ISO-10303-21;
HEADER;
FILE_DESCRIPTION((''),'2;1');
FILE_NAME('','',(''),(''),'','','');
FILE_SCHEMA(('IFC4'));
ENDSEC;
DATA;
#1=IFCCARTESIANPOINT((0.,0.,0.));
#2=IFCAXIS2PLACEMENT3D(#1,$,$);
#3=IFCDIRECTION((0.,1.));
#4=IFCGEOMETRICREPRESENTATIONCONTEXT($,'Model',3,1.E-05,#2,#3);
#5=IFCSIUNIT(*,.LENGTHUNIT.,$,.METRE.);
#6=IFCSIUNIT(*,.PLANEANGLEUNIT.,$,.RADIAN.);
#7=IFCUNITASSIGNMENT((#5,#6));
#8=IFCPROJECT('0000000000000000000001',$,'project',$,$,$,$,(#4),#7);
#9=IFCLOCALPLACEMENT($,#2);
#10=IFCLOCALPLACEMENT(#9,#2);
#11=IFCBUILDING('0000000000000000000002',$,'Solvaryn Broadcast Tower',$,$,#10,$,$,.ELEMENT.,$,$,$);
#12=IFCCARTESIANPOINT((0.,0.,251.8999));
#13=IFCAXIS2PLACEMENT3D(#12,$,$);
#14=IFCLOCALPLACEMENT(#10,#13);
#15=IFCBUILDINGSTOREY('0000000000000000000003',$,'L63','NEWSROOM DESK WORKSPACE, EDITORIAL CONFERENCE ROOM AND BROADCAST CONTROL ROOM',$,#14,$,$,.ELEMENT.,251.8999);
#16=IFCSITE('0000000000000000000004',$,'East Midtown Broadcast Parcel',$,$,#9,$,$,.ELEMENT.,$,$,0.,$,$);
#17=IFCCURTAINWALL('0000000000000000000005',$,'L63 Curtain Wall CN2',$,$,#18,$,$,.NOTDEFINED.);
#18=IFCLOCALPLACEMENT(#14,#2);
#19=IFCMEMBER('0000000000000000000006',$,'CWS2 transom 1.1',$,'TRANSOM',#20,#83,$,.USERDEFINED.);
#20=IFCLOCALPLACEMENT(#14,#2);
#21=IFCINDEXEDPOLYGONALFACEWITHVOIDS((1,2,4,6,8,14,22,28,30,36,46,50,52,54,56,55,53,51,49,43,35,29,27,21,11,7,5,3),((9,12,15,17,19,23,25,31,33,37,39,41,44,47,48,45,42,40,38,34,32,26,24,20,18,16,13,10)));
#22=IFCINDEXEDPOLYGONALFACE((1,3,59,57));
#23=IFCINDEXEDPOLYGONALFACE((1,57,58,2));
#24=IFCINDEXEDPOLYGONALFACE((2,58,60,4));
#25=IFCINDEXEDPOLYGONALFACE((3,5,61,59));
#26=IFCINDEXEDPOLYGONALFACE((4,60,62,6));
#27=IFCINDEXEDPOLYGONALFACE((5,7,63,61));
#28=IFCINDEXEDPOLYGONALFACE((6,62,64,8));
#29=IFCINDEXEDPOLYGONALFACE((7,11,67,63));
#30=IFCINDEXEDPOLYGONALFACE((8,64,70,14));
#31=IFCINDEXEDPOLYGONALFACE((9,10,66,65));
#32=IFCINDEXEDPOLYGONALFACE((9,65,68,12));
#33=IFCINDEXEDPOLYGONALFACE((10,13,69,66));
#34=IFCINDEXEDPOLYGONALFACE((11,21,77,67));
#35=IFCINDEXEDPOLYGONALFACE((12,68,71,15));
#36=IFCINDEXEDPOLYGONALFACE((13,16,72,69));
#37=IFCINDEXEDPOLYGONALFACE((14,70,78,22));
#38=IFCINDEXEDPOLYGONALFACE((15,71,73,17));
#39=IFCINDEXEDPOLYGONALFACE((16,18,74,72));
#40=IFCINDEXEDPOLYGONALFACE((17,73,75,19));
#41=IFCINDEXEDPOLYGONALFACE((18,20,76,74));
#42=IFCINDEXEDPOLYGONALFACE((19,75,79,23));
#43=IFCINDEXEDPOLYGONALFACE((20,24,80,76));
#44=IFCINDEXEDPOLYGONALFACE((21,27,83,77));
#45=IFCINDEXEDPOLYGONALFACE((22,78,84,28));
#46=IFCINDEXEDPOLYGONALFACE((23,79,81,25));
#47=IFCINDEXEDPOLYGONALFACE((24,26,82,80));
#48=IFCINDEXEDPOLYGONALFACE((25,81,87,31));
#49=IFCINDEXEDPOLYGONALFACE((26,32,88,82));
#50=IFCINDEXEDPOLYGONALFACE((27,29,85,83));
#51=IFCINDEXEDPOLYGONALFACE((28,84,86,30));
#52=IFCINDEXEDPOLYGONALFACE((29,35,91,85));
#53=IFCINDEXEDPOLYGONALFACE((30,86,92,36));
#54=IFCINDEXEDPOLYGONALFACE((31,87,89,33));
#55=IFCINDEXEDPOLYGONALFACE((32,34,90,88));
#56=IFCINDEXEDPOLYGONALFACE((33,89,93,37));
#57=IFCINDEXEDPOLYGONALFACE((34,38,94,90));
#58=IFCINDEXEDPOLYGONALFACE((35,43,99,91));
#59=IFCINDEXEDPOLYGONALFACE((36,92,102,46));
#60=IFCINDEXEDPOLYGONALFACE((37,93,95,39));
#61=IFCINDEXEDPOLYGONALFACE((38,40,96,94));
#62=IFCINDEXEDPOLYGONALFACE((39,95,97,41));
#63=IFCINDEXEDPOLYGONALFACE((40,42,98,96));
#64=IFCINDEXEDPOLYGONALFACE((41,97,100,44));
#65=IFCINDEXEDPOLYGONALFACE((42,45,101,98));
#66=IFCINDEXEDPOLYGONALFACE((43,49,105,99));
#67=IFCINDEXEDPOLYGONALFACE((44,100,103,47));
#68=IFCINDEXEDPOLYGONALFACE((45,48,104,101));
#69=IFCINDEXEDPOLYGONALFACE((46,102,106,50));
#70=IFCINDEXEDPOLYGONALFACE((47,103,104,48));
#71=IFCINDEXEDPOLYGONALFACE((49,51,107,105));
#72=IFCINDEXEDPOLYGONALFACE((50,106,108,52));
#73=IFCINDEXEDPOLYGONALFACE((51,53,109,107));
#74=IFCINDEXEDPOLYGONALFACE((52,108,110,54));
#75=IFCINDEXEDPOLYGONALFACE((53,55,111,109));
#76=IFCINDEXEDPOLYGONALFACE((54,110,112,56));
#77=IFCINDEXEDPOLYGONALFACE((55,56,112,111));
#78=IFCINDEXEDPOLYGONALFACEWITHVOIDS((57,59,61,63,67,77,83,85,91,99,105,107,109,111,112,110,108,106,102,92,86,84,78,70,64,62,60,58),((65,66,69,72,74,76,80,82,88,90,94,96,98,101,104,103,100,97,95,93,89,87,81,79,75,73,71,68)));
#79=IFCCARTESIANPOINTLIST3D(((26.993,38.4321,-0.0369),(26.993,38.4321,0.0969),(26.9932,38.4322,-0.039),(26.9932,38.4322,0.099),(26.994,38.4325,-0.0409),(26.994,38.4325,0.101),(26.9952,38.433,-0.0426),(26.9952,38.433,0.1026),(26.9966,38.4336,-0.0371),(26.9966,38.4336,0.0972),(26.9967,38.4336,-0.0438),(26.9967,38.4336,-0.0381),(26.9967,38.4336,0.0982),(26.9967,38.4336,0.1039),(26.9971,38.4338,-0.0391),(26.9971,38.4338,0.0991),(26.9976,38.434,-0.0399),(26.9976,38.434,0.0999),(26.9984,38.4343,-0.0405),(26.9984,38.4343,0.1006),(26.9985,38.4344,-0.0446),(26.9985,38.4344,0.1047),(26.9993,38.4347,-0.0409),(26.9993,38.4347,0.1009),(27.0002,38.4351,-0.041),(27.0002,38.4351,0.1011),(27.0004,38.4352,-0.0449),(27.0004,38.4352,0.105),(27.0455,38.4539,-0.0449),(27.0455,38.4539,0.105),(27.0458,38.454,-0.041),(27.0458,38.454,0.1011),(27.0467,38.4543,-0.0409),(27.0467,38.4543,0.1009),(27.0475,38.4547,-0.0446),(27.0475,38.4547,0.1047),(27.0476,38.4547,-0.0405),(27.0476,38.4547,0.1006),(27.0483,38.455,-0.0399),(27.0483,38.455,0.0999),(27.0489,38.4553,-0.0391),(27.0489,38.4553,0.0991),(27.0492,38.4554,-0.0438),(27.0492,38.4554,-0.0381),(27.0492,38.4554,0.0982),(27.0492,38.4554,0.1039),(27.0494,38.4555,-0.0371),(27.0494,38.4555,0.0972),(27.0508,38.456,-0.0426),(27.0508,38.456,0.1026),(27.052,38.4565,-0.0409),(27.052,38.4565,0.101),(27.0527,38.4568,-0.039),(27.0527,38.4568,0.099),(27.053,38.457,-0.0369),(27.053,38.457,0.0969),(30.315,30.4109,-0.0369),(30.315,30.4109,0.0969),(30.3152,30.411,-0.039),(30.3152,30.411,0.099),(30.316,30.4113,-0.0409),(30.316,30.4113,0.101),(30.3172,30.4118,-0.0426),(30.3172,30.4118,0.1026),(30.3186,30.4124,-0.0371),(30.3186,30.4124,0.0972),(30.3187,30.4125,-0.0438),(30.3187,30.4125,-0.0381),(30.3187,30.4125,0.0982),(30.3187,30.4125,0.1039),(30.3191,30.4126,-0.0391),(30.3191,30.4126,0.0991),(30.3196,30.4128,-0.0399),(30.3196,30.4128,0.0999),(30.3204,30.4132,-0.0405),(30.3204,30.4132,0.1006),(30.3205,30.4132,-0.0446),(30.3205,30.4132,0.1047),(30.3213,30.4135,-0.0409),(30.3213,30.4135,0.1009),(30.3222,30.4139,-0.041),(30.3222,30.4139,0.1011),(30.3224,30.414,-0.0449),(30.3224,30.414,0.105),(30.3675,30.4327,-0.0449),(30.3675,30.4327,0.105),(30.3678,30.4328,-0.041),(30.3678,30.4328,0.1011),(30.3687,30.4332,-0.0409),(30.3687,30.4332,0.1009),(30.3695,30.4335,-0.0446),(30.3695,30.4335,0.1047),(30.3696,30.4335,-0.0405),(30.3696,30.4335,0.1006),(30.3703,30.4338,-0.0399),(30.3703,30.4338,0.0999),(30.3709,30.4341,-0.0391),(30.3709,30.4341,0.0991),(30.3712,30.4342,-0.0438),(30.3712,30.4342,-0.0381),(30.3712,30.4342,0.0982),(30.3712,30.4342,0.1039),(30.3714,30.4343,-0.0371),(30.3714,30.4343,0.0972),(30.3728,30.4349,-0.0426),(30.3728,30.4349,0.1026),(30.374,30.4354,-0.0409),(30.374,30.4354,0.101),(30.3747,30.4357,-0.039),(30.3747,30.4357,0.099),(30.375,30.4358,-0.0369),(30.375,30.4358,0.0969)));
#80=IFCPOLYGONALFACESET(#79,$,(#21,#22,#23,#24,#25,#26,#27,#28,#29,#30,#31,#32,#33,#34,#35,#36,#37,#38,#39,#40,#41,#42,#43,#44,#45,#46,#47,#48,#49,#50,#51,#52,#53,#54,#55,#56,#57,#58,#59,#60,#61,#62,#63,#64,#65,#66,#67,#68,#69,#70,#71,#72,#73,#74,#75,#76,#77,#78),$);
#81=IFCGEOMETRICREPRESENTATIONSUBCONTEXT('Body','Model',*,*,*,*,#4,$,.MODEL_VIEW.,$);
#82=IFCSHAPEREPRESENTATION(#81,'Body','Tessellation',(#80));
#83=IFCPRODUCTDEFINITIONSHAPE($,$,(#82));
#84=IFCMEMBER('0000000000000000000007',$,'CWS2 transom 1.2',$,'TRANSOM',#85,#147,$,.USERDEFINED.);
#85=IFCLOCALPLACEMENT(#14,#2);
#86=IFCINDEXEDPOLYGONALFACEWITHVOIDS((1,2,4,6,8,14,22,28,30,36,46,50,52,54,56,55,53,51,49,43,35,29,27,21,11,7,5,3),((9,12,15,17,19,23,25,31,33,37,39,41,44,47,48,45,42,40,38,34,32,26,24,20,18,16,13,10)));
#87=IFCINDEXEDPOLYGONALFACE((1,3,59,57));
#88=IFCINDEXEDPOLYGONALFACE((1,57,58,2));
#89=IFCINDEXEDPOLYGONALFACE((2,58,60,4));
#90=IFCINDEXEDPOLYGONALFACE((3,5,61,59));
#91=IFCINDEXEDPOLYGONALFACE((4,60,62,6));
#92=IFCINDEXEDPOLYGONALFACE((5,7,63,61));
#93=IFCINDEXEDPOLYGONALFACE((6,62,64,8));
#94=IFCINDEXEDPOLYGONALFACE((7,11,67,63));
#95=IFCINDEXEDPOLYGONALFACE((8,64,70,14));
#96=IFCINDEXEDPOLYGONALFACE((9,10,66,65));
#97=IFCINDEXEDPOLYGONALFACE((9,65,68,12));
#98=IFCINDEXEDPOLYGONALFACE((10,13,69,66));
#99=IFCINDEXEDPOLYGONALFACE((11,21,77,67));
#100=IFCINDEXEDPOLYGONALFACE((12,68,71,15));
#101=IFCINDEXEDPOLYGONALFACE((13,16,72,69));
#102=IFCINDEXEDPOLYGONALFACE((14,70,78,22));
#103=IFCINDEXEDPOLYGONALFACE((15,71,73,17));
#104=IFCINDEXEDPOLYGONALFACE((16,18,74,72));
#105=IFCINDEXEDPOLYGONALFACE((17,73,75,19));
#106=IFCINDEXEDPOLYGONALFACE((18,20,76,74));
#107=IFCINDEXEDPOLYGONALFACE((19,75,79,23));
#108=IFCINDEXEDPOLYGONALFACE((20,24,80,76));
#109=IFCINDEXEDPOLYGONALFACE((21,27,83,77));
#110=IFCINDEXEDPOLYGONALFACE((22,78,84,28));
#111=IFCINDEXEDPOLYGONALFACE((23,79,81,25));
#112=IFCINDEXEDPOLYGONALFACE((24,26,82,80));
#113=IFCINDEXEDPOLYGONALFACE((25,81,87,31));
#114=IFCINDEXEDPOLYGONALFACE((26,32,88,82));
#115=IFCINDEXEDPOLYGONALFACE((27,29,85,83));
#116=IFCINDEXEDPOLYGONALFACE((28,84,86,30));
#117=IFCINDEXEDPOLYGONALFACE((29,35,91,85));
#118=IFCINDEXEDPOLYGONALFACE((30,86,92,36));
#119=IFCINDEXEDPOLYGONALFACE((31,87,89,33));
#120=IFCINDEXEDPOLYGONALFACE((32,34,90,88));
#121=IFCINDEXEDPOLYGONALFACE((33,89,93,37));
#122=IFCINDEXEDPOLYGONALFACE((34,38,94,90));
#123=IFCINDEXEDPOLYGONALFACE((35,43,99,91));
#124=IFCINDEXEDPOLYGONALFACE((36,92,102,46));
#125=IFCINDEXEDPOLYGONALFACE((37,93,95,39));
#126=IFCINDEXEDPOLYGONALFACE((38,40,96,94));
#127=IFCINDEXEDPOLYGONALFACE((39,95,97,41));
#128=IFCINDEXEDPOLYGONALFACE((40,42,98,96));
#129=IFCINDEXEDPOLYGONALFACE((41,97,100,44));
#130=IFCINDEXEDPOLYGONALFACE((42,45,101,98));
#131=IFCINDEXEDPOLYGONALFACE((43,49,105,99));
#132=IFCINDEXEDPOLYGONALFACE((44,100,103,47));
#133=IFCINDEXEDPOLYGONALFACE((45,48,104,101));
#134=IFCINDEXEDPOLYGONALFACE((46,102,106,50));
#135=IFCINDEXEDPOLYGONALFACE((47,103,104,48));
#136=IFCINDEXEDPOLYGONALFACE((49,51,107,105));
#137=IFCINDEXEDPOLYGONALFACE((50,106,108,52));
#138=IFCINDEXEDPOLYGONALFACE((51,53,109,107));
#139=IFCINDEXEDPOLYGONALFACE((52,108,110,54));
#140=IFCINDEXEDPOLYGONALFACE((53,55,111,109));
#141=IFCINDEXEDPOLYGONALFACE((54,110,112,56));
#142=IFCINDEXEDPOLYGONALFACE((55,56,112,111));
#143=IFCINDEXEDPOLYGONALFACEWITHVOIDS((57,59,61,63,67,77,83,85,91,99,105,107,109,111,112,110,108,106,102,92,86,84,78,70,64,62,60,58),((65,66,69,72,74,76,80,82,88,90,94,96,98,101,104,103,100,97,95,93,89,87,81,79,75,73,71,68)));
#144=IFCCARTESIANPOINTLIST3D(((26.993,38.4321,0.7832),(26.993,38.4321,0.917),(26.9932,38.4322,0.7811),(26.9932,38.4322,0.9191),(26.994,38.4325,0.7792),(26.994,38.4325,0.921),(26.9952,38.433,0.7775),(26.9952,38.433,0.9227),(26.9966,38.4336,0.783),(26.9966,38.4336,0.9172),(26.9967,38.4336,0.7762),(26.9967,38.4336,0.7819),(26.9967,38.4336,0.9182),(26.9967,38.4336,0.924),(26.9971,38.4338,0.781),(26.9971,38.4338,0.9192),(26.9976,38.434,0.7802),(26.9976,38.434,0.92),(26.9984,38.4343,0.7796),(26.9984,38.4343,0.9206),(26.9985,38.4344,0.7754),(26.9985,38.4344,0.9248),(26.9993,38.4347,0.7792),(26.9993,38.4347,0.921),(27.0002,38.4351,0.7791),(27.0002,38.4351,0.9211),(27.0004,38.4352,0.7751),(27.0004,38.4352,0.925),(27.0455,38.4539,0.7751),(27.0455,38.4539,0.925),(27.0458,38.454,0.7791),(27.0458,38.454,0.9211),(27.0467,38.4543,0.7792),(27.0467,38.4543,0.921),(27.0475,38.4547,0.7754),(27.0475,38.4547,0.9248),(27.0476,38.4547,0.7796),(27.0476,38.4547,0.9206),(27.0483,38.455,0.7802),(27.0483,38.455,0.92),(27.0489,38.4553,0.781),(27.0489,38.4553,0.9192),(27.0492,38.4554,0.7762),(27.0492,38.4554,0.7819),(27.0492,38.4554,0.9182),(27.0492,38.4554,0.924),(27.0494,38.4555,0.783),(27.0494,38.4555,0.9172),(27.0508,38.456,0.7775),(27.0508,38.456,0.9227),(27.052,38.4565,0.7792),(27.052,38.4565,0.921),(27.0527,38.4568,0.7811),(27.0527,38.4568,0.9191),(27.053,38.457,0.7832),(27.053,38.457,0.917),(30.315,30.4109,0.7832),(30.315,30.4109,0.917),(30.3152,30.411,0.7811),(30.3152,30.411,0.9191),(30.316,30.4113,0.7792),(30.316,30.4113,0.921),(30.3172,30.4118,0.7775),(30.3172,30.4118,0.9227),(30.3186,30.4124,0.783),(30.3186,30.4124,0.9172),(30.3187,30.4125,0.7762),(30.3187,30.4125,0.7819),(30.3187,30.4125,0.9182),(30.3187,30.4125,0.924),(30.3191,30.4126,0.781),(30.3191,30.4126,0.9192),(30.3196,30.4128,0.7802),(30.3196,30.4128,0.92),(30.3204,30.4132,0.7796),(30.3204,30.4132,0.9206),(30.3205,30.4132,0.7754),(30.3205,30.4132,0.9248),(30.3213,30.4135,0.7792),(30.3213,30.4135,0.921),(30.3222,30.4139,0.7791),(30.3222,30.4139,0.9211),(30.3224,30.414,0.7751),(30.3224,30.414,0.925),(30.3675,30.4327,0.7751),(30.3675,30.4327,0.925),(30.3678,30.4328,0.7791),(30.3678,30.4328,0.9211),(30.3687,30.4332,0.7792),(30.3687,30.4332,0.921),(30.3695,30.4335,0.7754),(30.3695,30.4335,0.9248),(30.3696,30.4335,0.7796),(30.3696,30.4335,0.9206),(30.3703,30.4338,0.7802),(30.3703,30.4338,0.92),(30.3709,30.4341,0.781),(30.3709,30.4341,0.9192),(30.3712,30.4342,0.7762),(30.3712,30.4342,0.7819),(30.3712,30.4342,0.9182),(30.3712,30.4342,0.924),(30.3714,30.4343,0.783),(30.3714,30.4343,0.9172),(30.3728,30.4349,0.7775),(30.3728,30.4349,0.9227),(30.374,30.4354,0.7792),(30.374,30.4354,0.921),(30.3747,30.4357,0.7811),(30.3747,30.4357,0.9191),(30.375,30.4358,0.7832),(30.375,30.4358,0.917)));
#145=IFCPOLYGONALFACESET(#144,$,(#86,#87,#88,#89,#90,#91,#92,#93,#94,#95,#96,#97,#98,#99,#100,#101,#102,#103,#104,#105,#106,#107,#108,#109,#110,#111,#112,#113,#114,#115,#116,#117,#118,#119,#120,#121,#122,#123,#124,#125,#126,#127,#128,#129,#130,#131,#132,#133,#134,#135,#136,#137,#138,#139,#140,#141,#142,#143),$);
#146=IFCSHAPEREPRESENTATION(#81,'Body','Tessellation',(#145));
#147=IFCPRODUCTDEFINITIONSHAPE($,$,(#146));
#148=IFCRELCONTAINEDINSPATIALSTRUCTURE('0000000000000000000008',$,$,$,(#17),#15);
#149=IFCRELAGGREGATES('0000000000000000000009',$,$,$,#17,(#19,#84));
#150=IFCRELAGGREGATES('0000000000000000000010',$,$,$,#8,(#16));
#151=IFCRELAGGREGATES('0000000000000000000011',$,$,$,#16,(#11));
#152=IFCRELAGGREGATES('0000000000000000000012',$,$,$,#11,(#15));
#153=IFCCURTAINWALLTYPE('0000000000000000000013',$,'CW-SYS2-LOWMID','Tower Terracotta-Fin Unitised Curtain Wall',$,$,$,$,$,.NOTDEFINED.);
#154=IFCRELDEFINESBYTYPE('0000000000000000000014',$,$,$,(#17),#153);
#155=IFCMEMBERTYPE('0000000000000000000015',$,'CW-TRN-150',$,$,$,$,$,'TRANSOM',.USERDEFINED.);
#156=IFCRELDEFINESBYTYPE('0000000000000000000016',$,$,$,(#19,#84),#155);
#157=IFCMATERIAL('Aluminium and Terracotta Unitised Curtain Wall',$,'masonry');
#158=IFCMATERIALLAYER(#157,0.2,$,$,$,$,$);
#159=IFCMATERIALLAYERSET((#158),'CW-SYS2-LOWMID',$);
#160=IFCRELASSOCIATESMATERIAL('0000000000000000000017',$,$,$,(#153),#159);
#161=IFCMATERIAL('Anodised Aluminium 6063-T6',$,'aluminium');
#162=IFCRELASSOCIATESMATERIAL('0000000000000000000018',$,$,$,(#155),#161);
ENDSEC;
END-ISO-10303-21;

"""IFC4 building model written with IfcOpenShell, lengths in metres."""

from ifc_helpers import new_model, si_unit, direction, frame, origin, origin_2d, place, context, subcontext, project, spatial, hollow_rectangle, extrude, material, layer, layer_set, material_profile, profile_set, type_object, element, aggregate, save


model = new_model("IFC4")

# Units and contexts
model_context = context("Model", 3, precision=1e-05, world=origin(), true_north=direction((0.0, 1.0)))
body_context = subcontext(model_context, "Body", "Model", "MODEL_VIEW")
ifc_project = project(units=[si_unit("LENGTHUNIT", "METRE"), si_unit("PLANEANGLEUNIT", "RADIAN")], contexts=[model_context])

# Site, building, storey
site_placement = place(None, origin())
site = spatial("IfcSite", under=ifc_project, at=site_placement, Name="East Midtown Broadcast Parcel", CompositionType="ELEMENT", RefElevation=0.0)
building_placement = place(site_placement, origin())
building = spatial("IfcBuilding", under=site, at=building_placement, Name="Solvaryn Broadcast Tower", CompositionType="ELEMENT")
storey_placement = place(building_placement, frame((0.0, 0.0, 251.8999)))
storey = spatial("IfcBuildingStorey", under=building, at=storey_placement, Name="L63", Description="NEWSROOM DESK WORKSPACE, EDITORIAL CONFERENCE ROOM AND BROADCAST CONTROL ROOM", CompositionType="ELEMENT", Elevation=251.8999)

# Shared definitions
ifc_material_1 = material(Name="Aluminium and Terracotta Unitised Curtain Wall", Category="masonry")
ifc_layer_1 = layer(ifc_material_1, 0.2)
ifc_layer_set_1 = layer_set([ifc_layer_1], Name="CW-SYS2-LOWMID")
curtain_wall_type = type_object("IfcCurtainWallType", Name="CW-SYS2-LOWMID", Description="Tower Terracotta-Fin Unitised Curtain Wall", PredefinedType="NOTDEFINED", material=ifc_layer_set_1)

# Curtain wall, members
curtain_wall_1_placement = place(storey_placement, origin())
curtain_wall_1 = element("IfcCurtainWall", 1, at=curtain_wall_1_placement, inside=storey, type_object=curtain_wall_type, Name="L63 Curtain Wall CN2", PredefinedType="NOTDEFINED")
ifc_material_2 = material(Name="Anodised Aluminium 6063-T6", Category="aluminium")
ifc_material_profile_1 = material_profile(ifc_material_2, hollow_rectangle(XDim=0.0649, YDim=0.1499, WallThickness=0.0039, InnerFilletRadius=0.0039, OuterFilletRadius=0.0081, at=origin_2d()))
ifc_profile_set_1 = profile_set([ifc_material_profile_1], Name="Anodised Aluminium 6063-T6")
member_type_1 = type_object("IfcMemberType", Name="CW-TRN-150", ElementType="TRANSOM", PredefinedType="USERDEFINED", material=ifc_profile_set_1)
member_1_placement = place(storey_placement, frame((30.345, 30.4233, 0.03), z_axis=(-0.382636, 0.923899, 0.0), x_axis=(-0.923899, -0.382636, 0.0)))
member_1 = element("IfcMember", 2, at=member_1_placement, type_object=member_type_1, Name="CWS2 transom 1.1", ObjectType="TRANSOM", PredefinedType="USERDEFINED", context=body_context, shape_type="SweptSolid", body=[
    extrude(hollow_rectangle(XDim=0.0649, YDim=0.1499, WallThickness=0.0039, InnerFilletRadius=0.0039, OuterFilletRadius=0.0081, at=origin_2d()), origin(), (0.0, 0.0, 1.0), 8.6819),
])
member_2_placement = place(storey_placement, frame((30.345, 30.4233, 0.8501), z_axis=(-0.382636, 0.923899, 0.0), x_axis=(-0.923899, -0.382636, 0.0)))
member_2 = element("IfcMember", 3, at=member_2_placement, type_object=member_type_1, Name="CWS2 transom 1.2", ObjectType="TRANSOM", PredefinedType="USERDEFINED", context=body_context, shape_type="SweptSolid", body=[
    extrude(hollow_rectangle(XDim=0.0649, YDim=0.1499, WallThickness=0.0039, InnerFilletRadius=0.0039, OuterFilletRadius=0.0081, at=origin_2d()), origin(), (0.0, 0.0, 1.0), 8.6819),
])
aggregate(curtain_wall_1, [member_1, member_2])

save(model, "model.ifc")
